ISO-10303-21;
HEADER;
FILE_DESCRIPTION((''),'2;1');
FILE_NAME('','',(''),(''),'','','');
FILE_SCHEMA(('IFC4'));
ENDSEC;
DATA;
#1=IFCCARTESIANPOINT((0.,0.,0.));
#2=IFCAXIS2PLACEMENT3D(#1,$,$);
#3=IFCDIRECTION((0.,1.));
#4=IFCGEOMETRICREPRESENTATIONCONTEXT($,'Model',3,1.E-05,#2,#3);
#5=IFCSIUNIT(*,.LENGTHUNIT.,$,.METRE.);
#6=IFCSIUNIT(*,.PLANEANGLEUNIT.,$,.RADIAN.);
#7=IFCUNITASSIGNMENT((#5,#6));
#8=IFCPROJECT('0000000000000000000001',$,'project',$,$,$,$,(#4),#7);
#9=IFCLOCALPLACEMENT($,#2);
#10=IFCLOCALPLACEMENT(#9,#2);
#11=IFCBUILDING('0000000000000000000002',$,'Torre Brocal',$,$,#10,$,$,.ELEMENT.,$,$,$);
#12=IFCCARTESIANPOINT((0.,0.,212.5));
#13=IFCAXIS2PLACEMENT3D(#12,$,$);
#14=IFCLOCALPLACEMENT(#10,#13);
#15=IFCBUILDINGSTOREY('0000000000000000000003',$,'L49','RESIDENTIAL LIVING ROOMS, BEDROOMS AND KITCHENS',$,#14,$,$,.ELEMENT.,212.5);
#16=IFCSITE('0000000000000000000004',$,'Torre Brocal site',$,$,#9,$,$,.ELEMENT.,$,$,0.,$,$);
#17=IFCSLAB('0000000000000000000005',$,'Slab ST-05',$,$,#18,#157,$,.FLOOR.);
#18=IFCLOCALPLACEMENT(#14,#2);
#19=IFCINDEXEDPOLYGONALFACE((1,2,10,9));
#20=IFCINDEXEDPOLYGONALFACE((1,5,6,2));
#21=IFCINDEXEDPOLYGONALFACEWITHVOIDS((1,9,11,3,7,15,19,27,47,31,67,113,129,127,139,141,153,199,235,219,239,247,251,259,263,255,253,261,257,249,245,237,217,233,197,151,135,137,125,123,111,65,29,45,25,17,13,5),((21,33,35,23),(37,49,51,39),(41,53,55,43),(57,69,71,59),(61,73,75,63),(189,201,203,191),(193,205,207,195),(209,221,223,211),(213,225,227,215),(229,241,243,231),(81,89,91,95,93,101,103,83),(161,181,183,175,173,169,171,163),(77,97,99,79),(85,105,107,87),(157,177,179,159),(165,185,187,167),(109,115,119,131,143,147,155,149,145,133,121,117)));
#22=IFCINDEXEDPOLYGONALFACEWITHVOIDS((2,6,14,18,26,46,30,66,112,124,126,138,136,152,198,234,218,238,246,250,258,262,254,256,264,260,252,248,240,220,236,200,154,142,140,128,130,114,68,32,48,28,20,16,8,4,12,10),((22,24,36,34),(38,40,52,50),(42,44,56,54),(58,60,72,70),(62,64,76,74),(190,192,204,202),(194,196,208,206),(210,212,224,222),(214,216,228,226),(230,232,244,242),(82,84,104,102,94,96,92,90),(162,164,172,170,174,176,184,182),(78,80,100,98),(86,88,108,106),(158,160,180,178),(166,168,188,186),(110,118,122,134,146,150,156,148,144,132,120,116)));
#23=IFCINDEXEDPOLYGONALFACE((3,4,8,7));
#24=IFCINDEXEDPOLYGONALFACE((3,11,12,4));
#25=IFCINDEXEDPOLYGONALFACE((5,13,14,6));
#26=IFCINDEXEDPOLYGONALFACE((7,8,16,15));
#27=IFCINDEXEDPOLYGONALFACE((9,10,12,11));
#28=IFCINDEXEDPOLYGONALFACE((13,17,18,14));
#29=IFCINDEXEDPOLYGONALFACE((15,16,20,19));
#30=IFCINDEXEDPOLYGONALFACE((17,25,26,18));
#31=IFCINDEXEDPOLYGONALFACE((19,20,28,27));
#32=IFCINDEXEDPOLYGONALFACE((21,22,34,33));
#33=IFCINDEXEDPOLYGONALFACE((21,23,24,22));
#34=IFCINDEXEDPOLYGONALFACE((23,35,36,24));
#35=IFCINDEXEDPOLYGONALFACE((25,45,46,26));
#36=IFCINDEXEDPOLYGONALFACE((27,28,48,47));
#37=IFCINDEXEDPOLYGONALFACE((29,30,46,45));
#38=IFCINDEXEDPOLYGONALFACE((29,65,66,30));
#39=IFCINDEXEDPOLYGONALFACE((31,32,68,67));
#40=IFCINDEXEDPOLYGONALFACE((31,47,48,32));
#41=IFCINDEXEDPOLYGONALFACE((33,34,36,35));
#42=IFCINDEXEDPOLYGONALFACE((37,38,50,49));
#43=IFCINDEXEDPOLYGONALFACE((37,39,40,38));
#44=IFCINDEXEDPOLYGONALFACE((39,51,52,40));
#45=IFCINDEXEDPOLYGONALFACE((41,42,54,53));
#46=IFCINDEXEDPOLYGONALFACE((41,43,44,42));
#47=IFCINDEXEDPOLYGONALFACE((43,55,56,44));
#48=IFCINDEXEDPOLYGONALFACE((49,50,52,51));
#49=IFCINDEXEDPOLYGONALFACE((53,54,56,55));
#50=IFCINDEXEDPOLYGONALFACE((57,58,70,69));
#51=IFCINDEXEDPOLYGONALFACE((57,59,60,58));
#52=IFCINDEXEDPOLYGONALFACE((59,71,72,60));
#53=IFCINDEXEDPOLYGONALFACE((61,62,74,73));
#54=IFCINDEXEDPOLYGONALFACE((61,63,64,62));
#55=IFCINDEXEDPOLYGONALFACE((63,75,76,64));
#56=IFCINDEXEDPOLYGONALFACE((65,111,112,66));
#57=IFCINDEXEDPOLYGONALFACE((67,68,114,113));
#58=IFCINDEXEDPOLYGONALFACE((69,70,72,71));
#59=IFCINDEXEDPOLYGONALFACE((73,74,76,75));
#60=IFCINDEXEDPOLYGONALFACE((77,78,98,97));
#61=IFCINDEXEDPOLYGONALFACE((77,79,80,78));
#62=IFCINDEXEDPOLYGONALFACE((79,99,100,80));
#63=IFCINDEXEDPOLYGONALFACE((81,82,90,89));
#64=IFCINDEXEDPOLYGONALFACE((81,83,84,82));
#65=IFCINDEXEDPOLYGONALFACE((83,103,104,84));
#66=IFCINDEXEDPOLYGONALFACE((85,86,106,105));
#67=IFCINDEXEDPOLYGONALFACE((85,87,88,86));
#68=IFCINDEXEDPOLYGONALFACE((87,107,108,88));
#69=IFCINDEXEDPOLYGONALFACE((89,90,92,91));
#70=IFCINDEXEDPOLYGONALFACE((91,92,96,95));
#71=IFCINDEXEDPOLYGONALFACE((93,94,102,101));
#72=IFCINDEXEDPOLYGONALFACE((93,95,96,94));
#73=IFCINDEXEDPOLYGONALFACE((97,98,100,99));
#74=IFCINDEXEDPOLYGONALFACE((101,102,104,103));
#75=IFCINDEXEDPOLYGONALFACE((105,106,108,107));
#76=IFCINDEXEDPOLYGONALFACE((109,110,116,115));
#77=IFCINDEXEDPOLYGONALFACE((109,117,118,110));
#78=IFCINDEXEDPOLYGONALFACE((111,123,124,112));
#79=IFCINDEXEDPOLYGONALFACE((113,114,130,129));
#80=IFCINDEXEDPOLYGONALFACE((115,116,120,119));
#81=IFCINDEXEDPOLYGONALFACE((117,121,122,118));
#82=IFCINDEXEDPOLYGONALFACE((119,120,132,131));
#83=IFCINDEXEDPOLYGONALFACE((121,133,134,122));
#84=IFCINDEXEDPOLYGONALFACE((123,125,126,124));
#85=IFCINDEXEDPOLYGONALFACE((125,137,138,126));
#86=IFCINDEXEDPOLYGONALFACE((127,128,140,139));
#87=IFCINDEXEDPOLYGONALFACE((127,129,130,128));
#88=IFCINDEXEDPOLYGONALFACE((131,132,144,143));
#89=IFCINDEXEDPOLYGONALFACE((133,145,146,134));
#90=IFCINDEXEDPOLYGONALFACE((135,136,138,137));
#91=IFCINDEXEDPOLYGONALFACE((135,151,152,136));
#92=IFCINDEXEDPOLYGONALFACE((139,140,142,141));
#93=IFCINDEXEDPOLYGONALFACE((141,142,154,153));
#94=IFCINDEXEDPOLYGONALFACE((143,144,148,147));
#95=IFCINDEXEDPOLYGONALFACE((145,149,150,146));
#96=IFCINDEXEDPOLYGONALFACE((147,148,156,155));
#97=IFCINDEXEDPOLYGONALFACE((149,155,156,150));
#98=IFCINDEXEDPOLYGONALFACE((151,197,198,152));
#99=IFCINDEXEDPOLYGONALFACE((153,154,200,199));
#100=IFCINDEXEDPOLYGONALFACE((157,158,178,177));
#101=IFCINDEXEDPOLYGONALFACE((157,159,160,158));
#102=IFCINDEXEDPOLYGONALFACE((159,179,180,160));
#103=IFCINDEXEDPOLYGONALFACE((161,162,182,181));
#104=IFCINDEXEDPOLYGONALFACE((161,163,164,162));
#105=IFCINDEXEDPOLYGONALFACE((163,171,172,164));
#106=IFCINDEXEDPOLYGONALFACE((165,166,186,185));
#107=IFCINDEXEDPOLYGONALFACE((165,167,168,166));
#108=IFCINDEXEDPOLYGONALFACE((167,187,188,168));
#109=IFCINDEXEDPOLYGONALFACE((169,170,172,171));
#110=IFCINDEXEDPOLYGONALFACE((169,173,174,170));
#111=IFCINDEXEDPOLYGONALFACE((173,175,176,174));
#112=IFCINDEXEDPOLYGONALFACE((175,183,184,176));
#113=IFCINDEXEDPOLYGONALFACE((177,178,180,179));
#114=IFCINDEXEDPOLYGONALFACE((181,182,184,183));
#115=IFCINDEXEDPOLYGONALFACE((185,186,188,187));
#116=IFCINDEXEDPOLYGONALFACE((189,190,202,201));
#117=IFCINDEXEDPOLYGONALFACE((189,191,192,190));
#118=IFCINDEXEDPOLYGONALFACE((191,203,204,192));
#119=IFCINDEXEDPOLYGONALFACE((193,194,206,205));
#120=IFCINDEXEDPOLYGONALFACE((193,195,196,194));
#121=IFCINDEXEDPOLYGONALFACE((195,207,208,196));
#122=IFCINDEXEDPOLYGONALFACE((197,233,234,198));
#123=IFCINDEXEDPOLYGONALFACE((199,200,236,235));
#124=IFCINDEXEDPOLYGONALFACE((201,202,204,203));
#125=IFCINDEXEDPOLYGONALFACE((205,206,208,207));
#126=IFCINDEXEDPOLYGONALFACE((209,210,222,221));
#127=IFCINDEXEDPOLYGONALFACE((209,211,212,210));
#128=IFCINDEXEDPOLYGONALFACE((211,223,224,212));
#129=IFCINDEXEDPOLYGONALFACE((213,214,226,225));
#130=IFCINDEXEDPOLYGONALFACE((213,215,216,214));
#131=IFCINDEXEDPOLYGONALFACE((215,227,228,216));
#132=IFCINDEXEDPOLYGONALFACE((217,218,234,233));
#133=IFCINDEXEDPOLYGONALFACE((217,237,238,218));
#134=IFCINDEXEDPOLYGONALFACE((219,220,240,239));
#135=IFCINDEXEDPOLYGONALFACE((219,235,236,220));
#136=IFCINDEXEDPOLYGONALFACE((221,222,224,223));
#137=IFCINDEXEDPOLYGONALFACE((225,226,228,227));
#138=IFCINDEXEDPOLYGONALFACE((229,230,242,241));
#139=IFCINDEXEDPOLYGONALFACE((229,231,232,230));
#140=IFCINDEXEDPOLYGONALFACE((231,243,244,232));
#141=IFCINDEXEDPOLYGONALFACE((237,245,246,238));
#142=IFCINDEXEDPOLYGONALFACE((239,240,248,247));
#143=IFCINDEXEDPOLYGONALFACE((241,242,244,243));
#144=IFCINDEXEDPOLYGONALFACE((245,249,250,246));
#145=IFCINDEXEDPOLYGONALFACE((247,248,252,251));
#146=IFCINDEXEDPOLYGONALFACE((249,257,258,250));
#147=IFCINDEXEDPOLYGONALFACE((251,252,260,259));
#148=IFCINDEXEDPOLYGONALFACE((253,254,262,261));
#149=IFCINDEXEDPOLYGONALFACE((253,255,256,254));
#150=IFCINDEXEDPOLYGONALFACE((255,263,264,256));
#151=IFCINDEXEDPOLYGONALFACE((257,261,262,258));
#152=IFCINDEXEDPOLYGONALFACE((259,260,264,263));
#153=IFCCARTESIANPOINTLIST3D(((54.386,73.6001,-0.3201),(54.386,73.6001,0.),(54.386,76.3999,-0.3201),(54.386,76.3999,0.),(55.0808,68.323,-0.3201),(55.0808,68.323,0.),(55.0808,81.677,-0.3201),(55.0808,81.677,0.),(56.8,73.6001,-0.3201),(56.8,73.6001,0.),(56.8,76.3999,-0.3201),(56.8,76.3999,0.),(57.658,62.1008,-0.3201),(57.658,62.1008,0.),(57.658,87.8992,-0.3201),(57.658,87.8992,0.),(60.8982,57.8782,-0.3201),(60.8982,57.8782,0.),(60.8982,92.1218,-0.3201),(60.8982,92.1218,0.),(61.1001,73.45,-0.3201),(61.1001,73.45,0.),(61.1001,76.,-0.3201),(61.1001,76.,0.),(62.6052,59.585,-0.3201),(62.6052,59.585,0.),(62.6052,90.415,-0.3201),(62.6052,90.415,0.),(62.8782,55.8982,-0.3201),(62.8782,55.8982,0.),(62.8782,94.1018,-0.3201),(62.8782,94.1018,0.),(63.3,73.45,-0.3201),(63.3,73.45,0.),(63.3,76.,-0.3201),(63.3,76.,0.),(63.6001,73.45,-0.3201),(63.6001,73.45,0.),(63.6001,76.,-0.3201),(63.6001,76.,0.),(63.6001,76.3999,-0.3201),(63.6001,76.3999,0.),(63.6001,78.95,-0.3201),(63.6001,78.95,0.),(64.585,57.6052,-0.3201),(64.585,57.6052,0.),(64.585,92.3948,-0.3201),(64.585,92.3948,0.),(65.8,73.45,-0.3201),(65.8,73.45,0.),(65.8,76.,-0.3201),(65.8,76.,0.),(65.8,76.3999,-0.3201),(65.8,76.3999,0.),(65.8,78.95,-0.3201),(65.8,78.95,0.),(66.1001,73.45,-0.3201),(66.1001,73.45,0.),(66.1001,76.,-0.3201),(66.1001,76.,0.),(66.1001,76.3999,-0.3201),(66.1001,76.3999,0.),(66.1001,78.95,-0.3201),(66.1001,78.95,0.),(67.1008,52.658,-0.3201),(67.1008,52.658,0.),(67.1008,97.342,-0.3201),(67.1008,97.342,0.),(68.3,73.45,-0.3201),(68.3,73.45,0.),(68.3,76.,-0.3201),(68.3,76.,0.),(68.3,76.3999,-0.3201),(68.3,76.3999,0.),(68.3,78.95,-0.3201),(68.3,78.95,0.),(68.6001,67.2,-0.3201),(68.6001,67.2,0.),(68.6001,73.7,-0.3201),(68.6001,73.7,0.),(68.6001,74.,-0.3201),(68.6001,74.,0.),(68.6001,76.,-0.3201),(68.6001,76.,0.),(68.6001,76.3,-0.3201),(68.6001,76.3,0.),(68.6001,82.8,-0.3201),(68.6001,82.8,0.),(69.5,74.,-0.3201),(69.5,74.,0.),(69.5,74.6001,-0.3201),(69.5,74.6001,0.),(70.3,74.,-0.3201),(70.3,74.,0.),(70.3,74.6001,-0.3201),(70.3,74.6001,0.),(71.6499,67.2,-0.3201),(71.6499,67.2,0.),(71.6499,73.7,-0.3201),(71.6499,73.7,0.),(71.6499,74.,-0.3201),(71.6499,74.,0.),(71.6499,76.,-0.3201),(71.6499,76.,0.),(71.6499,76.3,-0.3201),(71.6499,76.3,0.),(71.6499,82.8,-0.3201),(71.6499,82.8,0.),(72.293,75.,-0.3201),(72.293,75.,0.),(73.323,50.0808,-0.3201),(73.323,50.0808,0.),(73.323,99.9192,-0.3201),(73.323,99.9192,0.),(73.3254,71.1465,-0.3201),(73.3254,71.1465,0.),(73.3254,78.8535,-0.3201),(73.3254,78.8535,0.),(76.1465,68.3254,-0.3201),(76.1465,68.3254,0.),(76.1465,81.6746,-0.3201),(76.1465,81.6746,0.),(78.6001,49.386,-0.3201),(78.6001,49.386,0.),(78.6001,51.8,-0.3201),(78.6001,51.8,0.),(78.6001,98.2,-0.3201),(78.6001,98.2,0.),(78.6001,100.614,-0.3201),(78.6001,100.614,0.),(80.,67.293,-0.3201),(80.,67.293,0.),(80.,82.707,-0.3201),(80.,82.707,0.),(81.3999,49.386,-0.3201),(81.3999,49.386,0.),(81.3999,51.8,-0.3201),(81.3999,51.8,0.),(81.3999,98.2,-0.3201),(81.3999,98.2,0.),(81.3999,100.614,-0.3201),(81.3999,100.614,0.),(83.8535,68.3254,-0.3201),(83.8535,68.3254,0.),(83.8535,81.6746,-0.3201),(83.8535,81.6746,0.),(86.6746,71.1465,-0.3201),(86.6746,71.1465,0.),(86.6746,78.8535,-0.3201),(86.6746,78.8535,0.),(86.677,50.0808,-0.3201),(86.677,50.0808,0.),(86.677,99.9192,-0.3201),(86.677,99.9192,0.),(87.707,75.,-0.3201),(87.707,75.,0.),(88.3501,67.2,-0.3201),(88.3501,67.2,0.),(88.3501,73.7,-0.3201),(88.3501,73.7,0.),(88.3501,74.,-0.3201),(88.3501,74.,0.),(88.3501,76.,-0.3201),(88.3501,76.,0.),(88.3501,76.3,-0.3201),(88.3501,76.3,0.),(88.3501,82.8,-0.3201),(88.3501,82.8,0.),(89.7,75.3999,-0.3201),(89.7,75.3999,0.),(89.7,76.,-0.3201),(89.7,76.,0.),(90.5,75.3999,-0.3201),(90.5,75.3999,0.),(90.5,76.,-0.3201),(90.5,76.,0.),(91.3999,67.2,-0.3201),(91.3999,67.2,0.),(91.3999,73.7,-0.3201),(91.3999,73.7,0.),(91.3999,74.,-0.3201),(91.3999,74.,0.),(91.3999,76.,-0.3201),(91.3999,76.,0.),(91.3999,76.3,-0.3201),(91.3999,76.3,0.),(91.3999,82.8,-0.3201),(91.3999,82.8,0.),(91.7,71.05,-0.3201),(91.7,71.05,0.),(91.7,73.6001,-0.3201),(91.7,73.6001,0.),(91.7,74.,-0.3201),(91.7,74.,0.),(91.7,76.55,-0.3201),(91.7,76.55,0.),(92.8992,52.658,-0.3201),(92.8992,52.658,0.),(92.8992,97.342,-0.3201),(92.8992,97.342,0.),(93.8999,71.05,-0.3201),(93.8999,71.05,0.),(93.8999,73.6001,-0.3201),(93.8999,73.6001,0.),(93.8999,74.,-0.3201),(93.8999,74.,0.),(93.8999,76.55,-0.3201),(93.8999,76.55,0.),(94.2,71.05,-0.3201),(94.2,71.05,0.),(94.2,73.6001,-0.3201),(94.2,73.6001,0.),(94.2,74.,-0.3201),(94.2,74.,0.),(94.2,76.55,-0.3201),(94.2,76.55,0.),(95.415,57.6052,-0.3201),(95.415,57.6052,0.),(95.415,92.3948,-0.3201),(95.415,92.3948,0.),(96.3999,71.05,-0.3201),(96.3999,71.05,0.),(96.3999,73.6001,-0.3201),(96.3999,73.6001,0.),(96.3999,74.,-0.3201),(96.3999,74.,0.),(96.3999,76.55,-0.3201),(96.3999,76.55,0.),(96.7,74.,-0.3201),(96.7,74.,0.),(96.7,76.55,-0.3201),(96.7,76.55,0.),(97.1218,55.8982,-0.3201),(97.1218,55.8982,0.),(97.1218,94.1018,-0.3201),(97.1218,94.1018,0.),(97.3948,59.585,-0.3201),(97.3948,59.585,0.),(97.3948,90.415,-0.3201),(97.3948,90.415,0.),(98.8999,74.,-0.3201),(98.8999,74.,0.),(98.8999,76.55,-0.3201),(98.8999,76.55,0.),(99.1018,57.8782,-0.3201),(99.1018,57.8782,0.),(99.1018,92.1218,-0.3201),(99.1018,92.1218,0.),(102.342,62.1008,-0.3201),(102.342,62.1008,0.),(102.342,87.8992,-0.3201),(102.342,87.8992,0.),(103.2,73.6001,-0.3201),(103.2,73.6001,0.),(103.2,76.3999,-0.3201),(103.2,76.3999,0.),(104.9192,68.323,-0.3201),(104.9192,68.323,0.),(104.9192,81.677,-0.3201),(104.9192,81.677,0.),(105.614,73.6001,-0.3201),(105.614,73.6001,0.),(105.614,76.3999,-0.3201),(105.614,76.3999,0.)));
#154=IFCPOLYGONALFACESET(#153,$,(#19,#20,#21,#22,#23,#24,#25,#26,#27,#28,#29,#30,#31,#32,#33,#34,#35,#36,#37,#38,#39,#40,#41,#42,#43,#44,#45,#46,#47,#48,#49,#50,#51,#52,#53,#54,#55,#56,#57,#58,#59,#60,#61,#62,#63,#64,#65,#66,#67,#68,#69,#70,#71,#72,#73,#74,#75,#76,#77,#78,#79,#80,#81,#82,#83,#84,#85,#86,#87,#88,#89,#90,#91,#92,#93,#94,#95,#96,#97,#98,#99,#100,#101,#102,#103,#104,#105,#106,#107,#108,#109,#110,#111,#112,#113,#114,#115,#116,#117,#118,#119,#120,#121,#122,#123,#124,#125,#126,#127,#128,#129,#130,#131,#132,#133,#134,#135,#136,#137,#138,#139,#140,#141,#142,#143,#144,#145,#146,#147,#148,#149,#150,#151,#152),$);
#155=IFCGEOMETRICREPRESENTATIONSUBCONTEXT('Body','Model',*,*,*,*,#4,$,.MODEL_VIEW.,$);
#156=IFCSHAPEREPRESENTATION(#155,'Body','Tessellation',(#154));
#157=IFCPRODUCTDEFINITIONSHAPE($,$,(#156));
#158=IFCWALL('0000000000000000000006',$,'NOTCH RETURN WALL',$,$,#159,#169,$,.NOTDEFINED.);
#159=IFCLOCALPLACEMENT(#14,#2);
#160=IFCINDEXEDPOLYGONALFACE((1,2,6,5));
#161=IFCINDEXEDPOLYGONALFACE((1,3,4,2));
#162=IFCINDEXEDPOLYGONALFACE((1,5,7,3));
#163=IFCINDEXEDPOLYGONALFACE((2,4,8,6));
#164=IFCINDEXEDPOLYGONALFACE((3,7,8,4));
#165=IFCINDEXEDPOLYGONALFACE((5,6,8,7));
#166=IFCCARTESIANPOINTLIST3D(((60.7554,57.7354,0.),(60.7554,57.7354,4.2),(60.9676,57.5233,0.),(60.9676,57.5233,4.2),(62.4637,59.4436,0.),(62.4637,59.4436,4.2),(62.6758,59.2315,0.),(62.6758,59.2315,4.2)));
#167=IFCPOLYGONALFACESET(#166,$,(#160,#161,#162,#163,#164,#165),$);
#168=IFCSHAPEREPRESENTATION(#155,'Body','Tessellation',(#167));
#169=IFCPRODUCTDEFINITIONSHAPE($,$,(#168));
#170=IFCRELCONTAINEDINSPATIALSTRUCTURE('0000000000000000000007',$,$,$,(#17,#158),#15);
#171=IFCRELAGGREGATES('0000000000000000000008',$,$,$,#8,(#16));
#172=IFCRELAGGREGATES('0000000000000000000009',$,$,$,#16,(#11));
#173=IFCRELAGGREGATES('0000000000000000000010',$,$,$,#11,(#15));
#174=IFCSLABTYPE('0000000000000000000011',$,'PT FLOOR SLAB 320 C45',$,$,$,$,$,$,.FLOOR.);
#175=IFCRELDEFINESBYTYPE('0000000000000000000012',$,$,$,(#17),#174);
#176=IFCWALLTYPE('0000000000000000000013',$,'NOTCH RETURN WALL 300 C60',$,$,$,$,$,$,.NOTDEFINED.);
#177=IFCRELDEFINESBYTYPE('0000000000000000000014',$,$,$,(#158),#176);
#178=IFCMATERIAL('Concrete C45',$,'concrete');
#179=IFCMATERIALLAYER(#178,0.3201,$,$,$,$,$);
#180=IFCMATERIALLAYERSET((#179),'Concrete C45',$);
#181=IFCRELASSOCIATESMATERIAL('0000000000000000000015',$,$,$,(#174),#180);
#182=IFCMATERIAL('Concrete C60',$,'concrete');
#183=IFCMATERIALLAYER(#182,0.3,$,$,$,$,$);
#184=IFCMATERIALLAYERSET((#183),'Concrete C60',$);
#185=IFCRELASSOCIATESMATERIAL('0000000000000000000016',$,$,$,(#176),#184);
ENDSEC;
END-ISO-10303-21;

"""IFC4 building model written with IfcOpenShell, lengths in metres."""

from ifc_helpers import new_model, si_unit, direction, frame, frame_2d, origin, place, context, subcontext, project, spatial, polyline, rectangle, outline, extrude, material, layer, layer_set, type_object, element, save


model = new_model("IFC4")

# Units and contexts
model_context = context("Model", 3, precision=1e-05, world=origin(), true_north=direction((0.0, 1.0)))
body_context = subcontext(model_context, "Body", "Model", "MODEL_VIEW")
ifc_project = project(units=[si_unit("LENGTHUNIT", "METRE"), si_unit("PLANEANGLEUNIT", "RADIAN")], contexts=[model_context])

# Site, building, storey
site_placement = place(None, origin())
site = spatial("IfcSite", under=ifc_project, at=site_placement, Name="Torre Brocal site", CompositionType="ELEMENT", RefElevation=0.0)
building_placement = place(site_placement, origin())
building = spatial("IfcBuilding", under=site, at=building_placement, Name="Torre Brocal", CompositionType="ELEMENT")
storey_placement = place(building_placement, frame((0.0, 0.0, 212.5)))
storey = spatial("IfcBuildingStorey", under=building, at=storey_placement, Name="L49", Description="RESIDENTIAL LIVING ROOMS, BEDROOMS AND KITCHENS", CompositionType="ELEMENT", Elevation=212.5)

# Slab
ifc_material_1 = material(Name="Concrete C45", Category="concrete")
ifc_layer_1 = layer(ifc_material_1, 0.3201)
ifc_layer_set_1 = layer_set([ifc_layer_1], Name="Concrete C45")
slab_type_1 = type_object("IfcSlabType", Name="PT FLOOR SLAB 320 C45", PredefinedType="FLOOR", material=ifc_layer_set_1)
slab_1_placement = place(storey_placement, frame((0.0, 0.0, -0.3201)))
element("IfcSlab", 1, at=slab_1_placement, inside=storey, type_object=slab_type_1, Name="Slab ST-05", PredefinedType="FLOOR", context=body_context, shape_type="SweptSolid", body=[
    extrude(outline(polyline([(103.2, 76.3999), (103.2, 73.6001), (105.614, 73.6001), (104.9192, 68.323), (102.342, 62.1008), (99.1018, 57.8782), (97.3948, 59.585), (95.415, 57.6052), (97.1218, 55.8982), (92.8992, 52.658), (86.677, 50.0808), (81.3999, 49.386), (81.3999, 51.8), (78.6001, 51.8), (78.6001, 49.386), (73.323, 50.0808), (67.1008, 52.658), (62.8782, 55.8982), (64.585, 57.6052), (62.6052, 59.585), (60.8982, 57.8782), (57.658, 62.1008), (55.0808, 68.323), (54.386, 73.6001), (56.8, 73.6001), (56.8, 76.3999), (54.386, 76.3999), (55.0808, 81.677), (57.658, 87.8992), (60.8982, 92.1218), (62.6052, 90.415), (64.585, 92.3948), (62.8782, 94.1018), (67.1008, 97.342), (73.323, 99.9192), (78.6001, 100.614), (78.6001, 98.2), (81.3999, 98.2), (81.3999, 100.614), (86.677, 99.9192), (92.8992, 97.342), (97.1218, 94.1018), (95.415, 92.3948), (97.3948, 90.415), (99.1018, 92.1218), (102.342, 87.8992), (104.9192, 81.677), (105.614, 76.3999), (103.2, 76.3999)]), holes=[polyline([(98.8999, 76.55), (96.7, 76.55), (96.7, 74.0), (98.8999, 74.0), (98.8999, 76.55)]), polyline([(96.3999, 76.55), (94.2, 76.55), (94.2, 74.0), (96.3999, 74.0), (96.3999, 76.55)]), polyline([(96.3999, 73.6001), (94.2, 73.6001), (94.2, 71.05), (96.3999, 71.05), (96.3999, 73.6001)]), polyline([(93.8999, 76.55), (91.7, 76.55), (91.7, 74.0), (93.8999, 74.0), (93.8999, 76.55)]), polyline([(93.8999, 73.6001), (91.7, 73.6001), (91.7, 71.05), (93.8999, 71.05), (93.8999, 73.6001)]), polyline([(89.7, 76.0), (88.3501, 76.0), (88.3501, 74.0), (91.3999, 74.0), (91.3999, 76.0), (90.5, 76.0), (90.5, 75.3999), (89.7, 75.3999), (89.7, 76.0)]), polyline([(91.3999, 82.8), (88.3501, 82.8), (88.3501, 76.3), (91.3999, 76.3), (91.3999, 82.8)]), polyline([(91.3999, 73.7), (88.3501, 73.7), (88.3501, 67.2), (91.3999, 67.2), (91.3999, 73.7)]), polyline([(80.0, 82.707), (76.1465, 81.6746), (73.3254, 78.8535), (72.293, 75.0), (73.3254, 71.1465), (76.1465, 68.3254), (80.0, 67.293), (83.8535, 68.3254), (86.6746, 71.1465), (87.707, 75.0), (86.6746, 78.8535), (83.8535, 81.6746), (80.0, 82.707)]), polyline([(70.3, 74.0), (71.6499, 74.0), (71.6499, 76.0), (68.6001, 76.0), (68.6001, 74.0), (69.5, 74.0), (69.5, 74.6001), (70.3, 74.6001), (70.3, 74.0)]), polyline([(68.6001, 76.3), (71.6499, 76.3), (71.6499, 82.8), (68.6001, 82.8), (68.6001, 76.3)]), polyline([(68.6001, 67.2), (71.6499, 67.2), (71.6499, 73.7), (68.6001, 73.7), (68.6001, 67.2)]), polyline([(66.1001, 76.3999), (68.3, 76.3999), (68.3, 78.95), (66.1001, 78.95), (66.1001, 76.3999)]), polyline([(66.1001, 73.45), (68.3, 73.45), (68.3, 76.0), (66.1001, 76.0), (66.1001, 73.45)]), polyline([(63.6001, 76.3999), (65.8, 76.3999), (65.8, 78.95), (63.6001, 78.95), (63.6001, 76.3999)]), polyline([(63.6001, 73.45), (65.8, 73.45), (65.8, 76.0), (63.6001, 76.0), (63.6001, 73.45)]), polyline([(61.1001, 73.45), (63.3, 73.45), (63.3, 76.0), (61.1001, 76.0), (61.1001, 73.45)])]), origin(), (0.0, 0.0, 1.0), 0.3201),
])

# Wall
ifc_material_2 = material(Name="Concrete C60", Category="concrete")
ifc_layer_2 = layer(ifc_material_2, 0.3)
ifc_layer_set_2 = layer_set([ifc_layer_2], Name="Concrete C60")
wall_type_1 = type_object("IfcWallType", Name="NOTCH RETURN WALL 300 C60", PredefinedType="NOTDEFINED", material=ifc_layer_set_2)
for number, where, z_axis, x_axis, name in (
    (2, (62.5698, 59.3376, 0.0), (0.0, 0.0, 1.0), (-0.707107, -0.707107, 0.0), "NOTCH RETURN WALL"),
):
    element("IfcWall", number, at=place(storey_placement, frame(where, z_axis=z_axis, x_axis=x_axis)), inside=storey, type_object=wall_type_1, Name=name, PredefinedType="NOTDEFINED", context=body_context, shape_type="SweptSolid", body=[
        extrude(rectangle(XDim=2.4158, YDim=0.3, at=frame_2d((1.208, 0.0))), origin(), (0.0, 0.0, 1.0), 4.2),
    ])

save(model, "model.ifc")
